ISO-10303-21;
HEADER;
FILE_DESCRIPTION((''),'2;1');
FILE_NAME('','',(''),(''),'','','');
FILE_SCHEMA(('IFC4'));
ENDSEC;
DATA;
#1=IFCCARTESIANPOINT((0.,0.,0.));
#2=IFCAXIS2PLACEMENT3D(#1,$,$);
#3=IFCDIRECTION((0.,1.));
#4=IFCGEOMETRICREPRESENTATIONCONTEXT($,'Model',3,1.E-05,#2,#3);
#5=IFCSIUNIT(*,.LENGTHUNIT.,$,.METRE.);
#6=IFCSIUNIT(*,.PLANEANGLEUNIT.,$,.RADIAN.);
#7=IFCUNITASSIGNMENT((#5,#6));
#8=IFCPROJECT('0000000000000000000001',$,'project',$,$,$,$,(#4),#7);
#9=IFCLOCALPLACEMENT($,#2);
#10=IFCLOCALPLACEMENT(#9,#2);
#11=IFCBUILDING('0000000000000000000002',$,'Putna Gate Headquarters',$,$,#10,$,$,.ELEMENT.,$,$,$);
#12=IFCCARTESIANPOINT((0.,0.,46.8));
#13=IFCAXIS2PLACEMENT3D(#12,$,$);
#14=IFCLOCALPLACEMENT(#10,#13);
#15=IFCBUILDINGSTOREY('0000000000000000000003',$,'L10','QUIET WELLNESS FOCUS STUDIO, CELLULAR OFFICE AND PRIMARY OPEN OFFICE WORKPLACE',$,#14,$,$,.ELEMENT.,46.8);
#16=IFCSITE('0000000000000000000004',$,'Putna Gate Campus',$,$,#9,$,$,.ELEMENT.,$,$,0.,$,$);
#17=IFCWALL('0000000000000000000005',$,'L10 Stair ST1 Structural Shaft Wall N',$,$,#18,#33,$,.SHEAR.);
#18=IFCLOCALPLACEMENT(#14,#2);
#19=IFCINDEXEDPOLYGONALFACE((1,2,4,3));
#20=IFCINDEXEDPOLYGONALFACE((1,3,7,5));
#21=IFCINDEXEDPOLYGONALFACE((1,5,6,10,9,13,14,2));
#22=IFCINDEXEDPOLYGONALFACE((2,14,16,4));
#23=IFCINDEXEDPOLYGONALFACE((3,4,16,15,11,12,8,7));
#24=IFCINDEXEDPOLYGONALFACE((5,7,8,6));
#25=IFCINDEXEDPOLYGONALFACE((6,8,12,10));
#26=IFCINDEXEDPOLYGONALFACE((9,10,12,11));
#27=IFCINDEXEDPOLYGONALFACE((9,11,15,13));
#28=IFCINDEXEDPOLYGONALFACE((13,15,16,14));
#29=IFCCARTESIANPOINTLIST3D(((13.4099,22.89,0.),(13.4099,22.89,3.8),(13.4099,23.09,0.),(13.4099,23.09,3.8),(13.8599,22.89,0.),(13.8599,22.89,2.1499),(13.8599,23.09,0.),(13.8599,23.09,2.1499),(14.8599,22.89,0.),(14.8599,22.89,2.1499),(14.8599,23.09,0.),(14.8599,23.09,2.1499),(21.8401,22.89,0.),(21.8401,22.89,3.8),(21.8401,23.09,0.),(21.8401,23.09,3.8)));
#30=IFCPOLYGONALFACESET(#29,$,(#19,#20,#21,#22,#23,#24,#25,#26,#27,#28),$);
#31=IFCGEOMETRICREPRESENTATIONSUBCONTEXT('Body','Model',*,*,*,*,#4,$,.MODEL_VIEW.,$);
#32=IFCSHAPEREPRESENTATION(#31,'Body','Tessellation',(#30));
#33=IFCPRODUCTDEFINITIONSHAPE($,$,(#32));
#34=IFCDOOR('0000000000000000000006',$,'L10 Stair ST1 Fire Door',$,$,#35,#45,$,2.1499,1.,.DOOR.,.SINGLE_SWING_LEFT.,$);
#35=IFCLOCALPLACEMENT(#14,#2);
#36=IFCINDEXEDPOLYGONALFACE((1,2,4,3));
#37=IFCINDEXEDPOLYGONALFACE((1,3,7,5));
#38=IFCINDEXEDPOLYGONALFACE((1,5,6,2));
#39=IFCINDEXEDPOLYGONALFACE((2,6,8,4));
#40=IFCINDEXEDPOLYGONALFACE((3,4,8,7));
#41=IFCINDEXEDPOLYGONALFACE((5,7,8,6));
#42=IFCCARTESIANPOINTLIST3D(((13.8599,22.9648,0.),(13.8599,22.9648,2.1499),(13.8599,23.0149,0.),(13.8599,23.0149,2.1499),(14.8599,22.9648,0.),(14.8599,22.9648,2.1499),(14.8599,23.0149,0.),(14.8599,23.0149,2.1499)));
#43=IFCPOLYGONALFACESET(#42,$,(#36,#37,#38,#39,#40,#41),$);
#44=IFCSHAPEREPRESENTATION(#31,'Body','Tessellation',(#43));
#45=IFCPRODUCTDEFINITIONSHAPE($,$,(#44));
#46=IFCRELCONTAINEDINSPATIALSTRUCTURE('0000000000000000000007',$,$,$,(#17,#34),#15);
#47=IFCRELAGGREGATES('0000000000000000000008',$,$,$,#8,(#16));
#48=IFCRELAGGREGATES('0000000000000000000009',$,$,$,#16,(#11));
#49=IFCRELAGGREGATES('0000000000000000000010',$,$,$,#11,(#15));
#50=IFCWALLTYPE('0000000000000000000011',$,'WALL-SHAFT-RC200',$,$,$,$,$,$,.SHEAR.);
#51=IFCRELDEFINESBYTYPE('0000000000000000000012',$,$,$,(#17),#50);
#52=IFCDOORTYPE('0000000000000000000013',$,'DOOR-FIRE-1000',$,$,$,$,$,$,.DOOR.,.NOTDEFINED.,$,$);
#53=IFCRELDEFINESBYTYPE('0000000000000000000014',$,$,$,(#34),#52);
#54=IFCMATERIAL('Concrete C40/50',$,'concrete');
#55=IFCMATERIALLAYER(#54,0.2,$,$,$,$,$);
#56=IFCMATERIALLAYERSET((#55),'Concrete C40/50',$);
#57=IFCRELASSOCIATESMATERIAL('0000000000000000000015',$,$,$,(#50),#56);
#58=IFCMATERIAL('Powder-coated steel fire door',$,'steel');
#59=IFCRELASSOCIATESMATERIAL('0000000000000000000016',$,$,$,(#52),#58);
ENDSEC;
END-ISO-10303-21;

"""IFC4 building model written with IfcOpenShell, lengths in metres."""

from ifc_helpers import new_model, si_unit, direction, frame, frame_2d, origin, place, context, subcontext, project, spatial, rectangle, extrude, material, layer, layer_set, type_object, element, fill, save


model = new_model("IFC4")

# Units and contexts
model_context = context("Model", 3, precision=1e-05, world=origin(), true_north=direction((0.0, 1.0)))
body_context = subcontext(model_context, "Body", "Model", "MODEL_VIEW")
ifc_project = project(units=[si_unit("LENGTHUNIT", "METRE"), si_unit("PLANEANGLEUNIT", "RADIAN")], contexts=[model_context])

# Site, building, storey
site_placement = place(None, origin())
site = spatial("IfcSite", under=ifc_project, at=site_placement, Name="Putna Gate Campus", CompositionType="ELEMENT", RefElevation=0.0)
building_placement = place(site_placement, origin())
building = spatial("IfcBuilding", under=site, at=building_placement, Name="Putna Gate Headquarters", CompositionType="ELEMENT")
storey_placement = place(building_placement, frame((0.0, 0.0, 46.8)))
storey = spatial("IfcBuildingStorey", under=building, at=storey_placement, Name="L10", Description="QUIET WELLNESS FOCUS STUDIO, CELLULAR OFFICE AND PRIMARY OPEN OFFICE WORKPLACE", CompositionType="ELEMENT", Elevation=46.8)

# Shared definitions
ifc_material_1 = material(Name="Concrete C40/50", Category="concrete")

# Wall, opening, door
ifc_layer_1 = layer(ifc_material_1, 0.2)
ifc_layer_set_1 = layer_set([ifc_layer_1], Name="Concrete C40/50")
wall_type_1 = type_object("IfcWallType", Name="WALL-SHAFT-RC200", PredefinedType="SHEAR", material=ifc_layer_set_1)
wall_1_placement = place(storey_placement, frame((13.4099, 22.99, 0.0), z_axis=(0.0, 0.0, 1.0), x_axis=(1.0, 0.0, 0.0)))
wall_1 = element("IfcWall", 1, at=wall_1_placement, inside=storey, type_object=wall_type_1, Name="L10 Stair ST1 Structural Shaft Wall N", PredefinedType="SHEAR", context=body_context, shape_type="SweptSolid", body=[
    extrude(rectangle(XDim=8.4302, YDim=0.2, at=frame_2d((4.2151, 0.0))), origin(), (0.0, 0.0, 1.0), 3.8),
])
opening_1_placement = place(wall_1_placement, frame((0.45, 0.0, 0.0)))
opening_1 = element("IfcOpeningElement", 2, at=opening_1_placement, cuts=wall_1, PredefinedType="OPENING", context=body_context, shape_type="SweptSolid", body=[
    extrude(rectangle(XDim=1.0, YDim=2.1499, at=frame_2d((0.5, 1.075))), frame((0.0, 0.1099, 0.0), z_axis=(0.0, -1.0, 0.0), x_axis=(1.0, 0.0, 0.0)), (0.0, 0.0, 1.0), 0.22),
])
ifc_material_2 = material(Name="Powder-coated steel fire door", Category="steel")
door_type_1 = type_object("IfcDoorType", Name="DOOR-FIRE-1000", OperationType="NOTDEFINED", PredefinedType="DOOR", material=ifc_material_2)
door_1_placement = place(opening_1_placement, origin())
door_1 = element("IfcDoor", 3, at=door_1_placement, inside=storey, type_object=door_type_1, Name="L10 Stair ST1 Fire Door", OperationType="SINGLE_SWING_LEFT", OverallHeight=2.1499, OverallWidth=1.0, PredefinedType="DOOR", context=body_context, shape_type="SweptSolid", body=[
    extrude(rectangle(XDim=1.0, YDim=2.1499, at=frame_2d((0.5, 1.075))), frame((0.0, 0.0249, 0.0), z_axis=(0.0, -1.0, 0.0), x_axis=(1.0, 0.0, 0.0)), (0.0, 0.0, 1.0), 0.05),
])
fill(opening_1, door_1)

save(model, "model.ifc")
